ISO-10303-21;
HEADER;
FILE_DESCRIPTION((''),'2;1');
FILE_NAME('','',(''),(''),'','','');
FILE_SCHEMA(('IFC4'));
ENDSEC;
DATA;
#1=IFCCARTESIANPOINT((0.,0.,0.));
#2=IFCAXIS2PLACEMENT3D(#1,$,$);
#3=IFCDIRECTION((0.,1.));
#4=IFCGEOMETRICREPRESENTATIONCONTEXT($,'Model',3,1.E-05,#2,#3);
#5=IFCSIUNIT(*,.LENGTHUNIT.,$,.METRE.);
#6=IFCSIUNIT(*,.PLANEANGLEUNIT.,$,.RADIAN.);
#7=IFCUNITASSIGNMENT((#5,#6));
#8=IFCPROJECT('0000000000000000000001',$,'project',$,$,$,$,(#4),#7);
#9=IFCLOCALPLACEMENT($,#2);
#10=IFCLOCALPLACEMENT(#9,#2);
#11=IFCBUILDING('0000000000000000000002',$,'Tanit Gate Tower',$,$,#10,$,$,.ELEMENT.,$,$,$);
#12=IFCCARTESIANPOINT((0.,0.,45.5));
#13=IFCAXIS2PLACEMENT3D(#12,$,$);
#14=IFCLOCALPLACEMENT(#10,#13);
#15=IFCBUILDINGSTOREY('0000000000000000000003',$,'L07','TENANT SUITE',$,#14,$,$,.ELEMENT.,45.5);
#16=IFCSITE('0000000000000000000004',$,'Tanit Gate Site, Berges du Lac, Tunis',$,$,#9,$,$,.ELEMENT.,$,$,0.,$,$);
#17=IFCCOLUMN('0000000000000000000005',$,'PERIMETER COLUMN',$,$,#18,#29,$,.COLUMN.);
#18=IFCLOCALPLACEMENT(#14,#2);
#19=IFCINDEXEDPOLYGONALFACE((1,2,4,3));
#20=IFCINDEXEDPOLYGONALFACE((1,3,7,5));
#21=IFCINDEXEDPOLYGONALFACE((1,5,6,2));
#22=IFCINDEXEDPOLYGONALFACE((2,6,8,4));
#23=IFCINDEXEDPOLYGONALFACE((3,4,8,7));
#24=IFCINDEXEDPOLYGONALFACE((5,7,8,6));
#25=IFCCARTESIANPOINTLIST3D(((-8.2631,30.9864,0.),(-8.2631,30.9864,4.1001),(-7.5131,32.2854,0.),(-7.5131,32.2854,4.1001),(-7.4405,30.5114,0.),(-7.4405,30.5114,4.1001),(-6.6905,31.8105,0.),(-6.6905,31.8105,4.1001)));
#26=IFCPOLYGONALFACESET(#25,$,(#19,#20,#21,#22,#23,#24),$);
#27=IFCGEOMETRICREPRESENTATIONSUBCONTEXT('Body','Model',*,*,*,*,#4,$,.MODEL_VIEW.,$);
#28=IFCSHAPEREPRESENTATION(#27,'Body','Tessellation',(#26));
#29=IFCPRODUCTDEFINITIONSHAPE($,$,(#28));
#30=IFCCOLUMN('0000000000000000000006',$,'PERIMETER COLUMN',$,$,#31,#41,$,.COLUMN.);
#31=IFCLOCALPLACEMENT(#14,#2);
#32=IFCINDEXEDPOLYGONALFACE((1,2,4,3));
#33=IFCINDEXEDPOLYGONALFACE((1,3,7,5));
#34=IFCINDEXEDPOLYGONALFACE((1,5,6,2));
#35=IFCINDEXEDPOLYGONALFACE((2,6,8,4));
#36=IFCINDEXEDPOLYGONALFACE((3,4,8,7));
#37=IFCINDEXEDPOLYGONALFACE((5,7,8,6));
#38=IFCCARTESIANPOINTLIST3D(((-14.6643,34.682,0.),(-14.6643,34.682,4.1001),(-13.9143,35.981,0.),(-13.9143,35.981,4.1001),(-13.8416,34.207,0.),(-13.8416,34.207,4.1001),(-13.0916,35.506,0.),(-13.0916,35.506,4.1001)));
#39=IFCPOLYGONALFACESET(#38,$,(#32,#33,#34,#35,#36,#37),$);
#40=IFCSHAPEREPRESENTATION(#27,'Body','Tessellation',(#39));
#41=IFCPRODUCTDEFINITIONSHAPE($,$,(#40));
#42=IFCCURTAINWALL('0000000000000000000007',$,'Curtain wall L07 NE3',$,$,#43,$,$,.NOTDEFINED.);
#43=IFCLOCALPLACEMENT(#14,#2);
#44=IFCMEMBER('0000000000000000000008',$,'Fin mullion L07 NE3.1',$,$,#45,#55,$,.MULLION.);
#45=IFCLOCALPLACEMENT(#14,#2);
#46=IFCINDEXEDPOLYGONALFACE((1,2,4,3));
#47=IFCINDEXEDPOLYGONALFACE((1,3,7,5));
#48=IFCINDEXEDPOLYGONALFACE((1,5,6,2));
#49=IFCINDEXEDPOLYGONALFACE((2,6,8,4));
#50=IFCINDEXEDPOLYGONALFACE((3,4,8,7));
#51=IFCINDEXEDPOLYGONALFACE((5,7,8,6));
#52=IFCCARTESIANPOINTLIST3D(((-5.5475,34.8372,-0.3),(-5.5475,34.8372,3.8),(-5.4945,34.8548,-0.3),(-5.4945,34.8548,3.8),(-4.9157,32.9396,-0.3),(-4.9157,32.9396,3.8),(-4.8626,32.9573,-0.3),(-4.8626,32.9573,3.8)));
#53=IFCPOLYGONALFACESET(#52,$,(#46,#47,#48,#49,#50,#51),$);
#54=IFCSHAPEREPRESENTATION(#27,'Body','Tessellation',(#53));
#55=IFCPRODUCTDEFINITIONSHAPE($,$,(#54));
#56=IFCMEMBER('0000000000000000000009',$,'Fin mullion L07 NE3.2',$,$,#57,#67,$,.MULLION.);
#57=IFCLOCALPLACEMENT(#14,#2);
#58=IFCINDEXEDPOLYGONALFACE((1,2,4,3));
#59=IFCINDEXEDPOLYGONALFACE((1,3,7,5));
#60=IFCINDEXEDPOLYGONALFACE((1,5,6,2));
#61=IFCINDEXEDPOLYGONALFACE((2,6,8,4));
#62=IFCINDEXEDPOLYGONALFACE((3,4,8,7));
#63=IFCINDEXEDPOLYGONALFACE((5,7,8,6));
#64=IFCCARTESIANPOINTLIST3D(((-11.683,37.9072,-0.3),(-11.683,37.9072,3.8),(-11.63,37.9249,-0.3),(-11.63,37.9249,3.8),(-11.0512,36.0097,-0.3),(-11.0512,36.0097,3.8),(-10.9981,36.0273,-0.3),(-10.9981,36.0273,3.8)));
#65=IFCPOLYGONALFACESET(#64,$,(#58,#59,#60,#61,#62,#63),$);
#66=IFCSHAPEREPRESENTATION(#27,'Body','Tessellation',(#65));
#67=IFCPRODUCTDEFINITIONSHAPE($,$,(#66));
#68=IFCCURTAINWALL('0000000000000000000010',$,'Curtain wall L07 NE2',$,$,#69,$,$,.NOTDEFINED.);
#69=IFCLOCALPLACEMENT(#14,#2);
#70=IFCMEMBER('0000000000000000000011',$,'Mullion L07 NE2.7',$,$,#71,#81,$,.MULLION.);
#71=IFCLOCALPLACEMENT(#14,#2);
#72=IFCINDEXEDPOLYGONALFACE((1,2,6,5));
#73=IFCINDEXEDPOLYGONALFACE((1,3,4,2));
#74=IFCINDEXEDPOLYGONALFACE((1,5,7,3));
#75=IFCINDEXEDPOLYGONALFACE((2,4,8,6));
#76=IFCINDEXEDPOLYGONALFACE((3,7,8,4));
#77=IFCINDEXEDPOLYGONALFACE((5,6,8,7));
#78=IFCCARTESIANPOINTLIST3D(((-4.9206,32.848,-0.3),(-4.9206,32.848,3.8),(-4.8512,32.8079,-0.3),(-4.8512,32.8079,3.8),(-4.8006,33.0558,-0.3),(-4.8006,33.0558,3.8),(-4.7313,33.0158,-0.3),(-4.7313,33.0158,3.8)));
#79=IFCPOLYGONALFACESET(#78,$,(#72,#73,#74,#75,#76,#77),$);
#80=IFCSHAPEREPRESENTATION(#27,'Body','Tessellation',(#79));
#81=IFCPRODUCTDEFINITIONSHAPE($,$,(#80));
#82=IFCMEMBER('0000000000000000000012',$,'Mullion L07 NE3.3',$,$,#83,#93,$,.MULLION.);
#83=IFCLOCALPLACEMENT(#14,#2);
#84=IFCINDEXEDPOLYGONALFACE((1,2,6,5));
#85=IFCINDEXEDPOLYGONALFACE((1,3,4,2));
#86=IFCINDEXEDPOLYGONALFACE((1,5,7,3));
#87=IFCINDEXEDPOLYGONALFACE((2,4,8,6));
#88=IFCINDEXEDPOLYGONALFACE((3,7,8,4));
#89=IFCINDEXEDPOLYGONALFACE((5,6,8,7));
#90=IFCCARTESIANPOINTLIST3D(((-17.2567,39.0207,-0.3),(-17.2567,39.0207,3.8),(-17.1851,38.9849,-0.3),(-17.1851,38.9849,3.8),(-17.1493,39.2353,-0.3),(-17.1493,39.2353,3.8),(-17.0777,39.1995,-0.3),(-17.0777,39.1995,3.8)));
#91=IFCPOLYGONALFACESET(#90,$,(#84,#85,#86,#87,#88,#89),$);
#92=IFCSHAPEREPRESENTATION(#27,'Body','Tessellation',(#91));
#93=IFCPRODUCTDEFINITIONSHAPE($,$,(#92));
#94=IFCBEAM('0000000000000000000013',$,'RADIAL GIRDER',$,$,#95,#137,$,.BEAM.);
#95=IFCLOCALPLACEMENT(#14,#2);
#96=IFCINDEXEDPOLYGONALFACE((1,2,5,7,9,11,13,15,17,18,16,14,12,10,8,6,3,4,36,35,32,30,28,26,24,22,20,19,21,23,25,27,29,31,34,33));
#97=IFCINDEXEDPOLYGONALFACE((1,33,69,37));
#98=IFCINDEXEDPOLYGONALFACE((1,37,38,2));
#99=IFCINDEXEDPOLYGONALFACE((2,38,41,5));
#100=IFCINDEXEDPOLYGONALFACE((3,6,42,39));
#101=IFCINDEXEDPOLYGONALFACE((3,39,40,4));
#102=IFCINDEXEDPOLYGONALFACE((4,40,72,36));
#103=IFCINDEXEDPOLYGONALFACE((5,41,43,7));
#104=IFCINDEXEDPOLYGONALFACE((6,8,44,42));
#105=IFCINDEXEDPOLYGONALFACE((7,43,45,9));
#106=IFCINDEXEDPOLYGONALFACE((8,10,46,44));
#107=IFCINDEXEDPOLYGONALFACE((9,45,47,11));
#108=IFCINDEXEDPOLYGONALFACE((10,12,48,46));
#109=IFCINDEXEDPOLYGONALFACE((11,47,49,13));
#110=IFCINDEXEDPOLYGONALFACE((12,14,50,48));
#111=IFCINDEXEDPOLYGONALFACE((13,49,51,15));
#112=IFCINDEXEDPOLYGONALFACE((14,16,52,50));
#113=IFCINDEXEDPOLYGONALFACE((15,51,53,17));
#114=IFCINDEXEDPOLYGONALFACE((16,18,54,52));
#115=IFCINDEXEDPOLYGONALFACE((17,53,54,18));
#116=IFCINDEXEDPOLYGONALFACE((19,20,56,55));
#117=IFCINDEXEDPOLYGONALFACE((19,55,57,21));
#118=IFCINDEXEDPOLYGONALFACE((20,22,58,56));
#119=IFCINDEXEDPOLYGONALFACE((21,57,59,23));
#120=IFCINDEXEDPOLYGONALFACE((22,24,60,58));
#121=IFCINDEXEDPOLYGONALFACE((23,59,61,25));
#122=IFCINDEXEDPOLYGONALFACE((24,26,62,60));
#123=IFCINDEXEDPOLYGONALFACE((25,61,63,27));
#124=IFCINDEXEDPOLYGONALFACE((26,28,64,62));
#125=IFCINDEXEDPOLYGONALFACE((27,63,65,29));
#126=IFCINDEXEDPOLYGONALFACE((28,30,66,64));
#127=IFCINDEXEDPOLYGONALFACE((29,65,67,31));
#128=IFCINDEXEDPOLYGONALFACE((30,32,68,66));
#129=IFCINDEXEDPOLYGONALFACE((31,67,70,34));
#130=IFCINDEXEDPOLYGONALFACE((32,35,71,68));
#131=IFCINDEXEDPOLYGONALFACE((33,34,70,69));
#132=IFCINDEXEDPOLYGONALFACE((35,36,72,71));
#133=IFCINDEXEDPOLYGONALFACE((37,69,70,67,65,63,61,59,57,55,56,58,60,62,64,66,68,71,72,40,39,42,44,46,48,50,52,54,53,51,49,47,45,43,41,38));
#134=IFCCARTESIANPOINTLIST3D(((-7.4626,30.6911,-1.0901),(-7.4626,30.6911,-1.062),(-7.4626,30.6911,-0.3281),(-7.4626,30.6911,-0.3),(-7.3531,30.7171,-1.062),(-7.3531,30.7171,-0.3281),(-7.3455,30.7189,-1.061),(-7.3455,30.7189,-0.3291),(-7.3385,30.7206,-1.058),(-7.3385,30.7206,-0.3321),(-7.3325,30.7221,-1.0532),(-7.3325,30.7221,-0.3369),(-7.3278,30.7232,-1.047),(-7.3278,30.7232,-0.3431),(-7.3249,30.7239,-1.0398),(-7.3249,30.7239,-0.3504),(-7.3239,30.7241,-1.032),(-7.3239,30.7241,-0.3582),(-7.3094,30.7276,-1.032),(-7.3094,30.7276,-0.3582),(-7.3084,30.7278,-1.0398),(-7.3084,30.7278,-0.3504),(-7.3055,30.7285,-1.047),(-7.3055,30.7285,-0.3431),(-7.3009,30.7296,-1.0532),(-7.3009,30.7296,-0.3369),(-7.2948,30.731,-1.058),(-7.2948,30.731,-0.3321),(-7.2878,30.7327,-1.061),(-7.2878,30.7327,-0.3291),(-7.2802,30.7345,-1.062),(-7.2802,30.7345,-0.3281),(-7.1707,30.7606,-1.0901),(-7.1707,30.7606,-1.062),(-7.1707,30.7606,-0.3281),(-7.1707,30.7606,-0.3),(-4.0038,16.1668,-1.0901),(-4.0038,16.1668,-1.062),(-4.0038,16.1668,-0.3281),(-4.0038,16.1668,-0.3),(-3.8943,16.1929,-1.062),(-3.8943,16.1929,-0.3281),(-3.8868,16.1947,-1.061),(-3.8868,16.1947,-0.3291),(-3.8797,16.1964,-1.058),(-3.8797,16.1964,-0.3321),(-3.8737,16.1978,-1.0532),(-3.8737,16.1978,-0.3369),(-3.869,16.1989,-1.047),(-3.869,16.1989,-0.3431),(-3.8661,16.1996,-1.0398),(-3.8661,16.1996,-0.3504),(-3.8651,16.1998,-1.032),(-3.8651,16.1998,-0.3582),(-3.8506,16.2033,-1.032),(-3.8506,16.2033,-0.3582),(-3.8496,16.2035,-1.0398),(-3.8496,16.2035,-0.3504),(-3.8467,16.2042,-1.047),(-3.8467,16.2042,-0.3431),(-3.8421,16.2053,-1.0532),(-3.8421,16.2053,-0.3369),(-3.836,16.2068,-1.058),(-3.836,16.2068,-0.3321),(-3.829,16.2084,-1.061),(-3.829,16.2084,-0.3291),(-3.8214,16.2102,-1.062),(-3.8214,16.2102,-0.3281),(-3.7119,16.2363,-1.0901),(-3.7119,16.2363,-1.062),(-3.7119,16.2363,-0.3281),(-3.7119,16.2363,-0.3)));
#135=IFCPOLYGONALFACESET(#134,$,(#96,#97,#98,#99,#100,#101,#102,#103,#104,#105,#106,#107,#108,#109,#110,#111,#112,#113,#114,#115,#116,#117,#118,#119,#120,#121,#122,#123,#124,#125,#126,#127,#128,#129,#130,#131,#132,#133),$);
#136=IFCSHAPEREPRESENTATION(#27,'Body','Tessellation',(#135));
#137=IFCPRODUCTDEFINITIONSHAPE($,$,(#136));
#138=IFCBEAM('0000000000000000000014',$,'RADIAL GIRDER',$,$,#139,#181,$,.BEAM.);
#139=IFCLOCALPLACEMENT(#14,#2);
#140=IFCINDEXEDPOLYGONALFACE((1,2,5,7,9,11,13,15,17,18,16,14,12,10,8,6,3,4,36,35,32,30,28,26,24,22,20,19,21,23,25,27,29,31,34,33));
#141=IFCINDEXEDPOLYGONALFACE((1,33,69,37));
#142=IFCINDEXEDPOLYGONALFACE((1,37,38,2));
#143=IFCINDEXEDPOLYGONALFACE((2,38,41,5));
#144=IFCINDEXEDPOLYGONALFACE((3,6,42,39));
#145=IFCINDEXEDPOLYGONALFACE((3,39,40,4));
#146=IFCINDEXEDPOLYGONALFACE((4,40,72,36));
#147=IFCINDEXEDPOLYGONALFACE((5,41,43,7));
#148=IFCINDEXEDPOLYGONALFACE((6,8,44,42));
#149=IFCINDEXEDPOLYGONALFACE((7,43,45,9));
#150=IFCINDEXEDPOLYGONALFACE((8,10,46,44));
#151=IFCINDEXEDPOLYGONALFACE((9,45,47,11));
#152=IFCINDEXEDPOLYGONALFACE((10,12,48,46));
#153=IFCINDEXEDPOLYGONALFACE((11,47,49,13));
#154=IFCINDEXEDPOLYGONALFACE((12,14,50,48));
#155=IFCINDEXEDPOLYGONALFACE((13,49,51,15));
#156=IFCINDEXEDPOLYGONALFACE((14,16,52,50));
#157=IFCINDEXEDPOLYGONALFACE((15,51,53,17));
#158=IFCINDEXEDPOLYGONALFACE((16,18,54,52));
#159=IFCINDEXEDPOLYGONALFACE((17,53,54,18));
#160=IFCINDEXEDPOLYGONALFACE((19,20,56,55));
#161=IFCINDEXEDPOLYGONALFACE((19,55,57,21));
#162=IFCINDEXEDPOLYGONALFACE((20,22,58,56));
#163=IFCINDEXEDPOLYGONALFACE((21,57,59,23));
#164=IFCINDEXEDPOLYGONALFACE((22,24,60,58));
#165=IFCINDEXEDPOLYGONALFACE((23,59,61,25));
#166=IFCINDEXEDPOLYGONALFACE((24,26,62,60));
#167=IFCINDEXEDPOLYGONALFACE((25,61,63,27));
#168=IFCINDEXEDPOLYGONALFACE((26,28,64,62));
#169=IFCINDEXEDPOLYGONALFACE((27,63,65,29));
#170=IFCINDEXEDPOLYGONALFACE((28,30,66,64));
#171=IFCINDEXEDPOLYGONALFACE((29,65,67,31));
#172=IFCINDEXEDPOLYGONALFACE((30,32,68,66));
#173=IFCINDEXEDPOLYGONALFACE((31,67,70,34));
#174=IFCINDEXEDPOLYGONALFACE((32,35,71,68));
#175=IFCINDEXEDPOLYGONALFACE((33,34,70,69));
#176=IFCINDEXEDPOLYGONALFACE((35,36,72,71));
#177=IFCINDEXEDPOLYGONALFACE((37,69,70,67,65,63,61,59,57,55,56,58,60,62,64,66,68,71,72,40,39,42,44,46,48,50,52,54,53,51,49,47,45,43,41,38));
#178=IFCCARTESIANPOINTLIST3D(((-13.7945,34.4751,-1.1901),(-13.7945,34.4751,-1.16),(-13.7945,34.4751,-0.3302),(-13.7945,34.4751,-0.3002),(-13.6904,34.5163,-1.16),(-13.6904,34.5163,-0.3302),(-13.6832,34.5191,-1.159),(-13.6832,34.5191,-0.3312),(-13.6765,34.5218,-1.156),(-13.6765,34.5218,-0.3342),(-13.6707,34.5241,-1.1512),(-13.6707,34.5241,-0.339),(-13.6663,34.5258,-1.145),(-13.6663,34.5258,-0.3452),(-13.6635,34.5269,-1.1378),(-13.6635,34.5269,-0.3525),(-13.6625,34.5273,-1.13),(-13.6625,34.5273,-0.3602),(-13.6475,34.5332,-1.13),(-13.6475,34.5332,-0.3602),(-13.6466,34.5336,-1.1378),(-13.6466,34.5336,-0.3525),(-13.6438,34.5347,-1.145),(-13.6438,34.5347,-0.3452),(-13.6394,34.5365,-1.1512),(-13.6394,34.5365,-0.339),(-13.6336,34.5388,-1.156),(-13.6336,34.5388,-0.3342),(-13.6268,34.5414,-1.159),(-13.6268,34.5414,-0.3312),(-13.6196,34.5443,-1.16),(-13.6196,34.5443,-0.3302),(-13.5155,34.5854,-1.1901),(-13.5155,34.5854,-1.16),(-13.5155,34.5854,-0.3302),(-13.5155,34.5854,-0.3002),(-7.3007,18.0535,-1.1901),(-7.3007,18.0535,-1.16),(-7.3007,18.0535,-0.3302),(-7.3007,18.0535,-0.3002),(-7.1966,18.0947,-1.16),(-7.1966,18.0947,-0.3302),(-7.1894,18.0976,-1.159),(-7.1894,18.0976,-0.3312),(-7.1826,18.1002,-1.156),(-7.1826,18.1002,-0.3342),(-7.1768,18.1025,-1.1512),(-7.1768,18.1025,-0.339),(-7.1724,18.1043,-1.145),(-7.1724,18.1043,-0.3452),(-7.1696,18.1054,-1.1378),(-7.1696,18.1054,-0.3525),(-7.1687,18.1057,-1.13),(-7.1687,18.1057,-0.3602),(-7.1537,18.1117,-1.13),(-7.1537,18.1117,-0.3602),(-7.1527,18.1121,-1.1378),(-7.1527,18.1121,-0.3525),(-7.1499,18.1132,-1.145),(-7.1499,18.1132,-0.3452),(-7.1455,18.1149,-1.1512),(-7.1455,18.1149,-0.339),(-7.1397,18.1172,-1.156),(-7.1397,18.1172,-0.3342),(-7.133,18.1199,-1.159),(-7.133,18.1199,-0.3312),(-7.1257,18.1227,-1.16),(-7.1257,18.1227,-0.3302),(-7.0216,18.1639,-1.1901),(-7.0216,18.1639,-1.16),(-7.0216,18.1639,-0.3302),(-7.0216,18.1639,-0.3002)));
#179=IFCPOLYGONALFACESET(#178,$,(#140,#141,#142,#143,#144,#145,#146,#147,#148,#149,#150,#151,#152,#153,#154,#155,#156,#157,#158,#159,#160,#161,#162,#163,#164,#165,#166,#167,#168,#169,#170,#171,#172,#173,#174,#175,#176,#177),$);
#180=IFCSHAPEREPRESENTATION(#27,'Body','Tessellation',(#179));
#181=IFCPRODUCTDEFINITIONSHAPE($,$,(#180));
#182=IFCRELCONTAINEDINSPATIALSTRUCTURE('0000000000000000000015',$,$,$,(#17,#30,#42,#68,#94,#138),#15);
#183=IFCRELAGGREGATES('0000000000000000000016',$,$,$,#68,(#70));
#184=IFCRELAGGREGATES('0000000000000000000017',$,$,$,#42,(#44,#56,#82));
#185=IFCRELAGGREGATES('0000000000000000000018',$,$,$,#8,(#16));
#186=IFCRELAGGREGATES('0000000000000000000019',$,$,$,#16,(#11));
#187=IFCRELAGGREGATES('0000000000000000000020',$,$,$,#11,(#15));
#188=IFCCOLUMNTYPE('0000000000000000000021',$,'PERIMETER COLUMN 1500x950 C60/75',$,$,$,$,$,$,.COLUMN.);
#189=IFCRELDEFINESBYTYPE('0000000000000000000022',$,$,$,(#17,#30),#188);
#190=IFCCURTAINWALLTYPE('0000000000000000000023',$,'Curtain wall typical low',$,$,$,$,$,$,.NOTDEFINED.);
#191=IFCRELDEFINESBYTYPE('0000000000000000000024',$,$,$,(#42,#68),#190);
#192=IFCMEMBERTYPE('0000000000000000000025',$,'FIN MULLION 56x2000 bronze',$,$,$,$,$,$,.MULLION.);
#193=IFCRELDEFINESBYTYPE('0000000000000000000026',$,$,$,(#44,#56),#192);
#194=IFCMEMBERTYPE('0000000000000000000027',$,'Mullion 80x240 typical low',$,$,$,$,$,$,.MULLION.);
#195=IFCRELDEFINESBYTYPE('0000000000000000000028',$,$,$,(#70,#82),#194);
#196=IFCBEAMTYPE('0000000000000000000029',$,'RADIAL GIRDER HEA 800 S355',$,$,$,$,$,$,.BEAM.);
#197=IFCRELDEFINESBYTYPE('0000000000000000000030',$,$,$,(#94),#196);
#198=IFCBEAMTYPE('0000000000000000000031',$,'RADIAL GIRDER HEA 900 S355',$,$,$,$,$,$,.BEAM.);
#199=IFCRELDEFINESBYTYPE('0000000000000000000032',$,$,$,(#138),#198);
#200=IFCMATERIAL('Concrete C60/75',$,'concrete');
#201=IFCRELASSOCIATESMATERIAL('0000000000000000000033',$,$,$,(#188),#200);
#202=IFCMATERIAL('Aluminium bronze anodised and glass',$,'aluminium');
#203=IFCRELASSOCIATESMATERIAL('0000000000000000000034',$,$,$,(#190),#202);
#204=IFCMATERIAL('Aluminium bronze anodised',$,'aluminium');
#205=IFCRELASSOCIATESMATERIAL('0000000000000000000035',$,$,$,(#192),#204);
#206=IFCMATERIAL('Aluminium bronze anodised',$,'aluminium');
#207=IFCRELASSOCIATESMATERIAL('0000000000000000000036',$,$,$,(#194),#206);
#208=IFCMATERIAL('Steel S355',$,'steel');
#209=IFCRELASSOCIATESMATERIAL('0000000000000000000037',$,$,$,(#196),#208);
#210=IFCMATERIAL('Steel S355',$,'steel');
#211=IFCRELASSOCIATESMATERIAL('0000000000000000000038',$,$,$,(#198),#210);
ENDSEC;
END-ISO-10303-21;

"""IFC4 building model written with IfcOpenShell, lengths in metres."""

from ifc_helpers import new_model, si_unit, direction, frame, origin, origin_2d, place, context, subcontext, project, spatial, rectangle, i_section, extrude, material, material_profile, profile_set, type_object, element, aggregate, save


model = new_model("IFC4")

# Units and contexts
model_context = context("Model", 3, precision=1e-05, world=origin(), true_north=direction((0.0, 1.0)))
body_context = subcontext(model_context, "Body", "Model", "MODEL_VIEW")
ifc_project = project(units=[si_unit("LENGTHUNIT", "METRE"), si_unit("PLANEANGLEUNIT", "RADIAN")], contexts=[model_context])

# Site, building, storey
site_placement = place(None, origin())
site = spatial("IfcSite", under=ifc_project, at=site_placement, Name="Tanit Gate Site, Berges du Lac, Tunis", CompositionType="ELEMENT", RefElevation=0.0)
building_placement = place(site_placement, origin())
building = spatial("IfcBuilding", under=site, at=building_placement, Name="Tanit Gate Tower", CompositionType="ELEMENT")
storey_placement = place(building_placement, frame((0.0, 0.0, 45.5)))
storey = spatial("IfcBuildingStorey", under=building, at=storey_placement, Name="L07", Description="TENANT SUITE", CompositionType="ELEMENT", Elevation=45.5)

# Columns
ifc_material_1 = material(Name="Concrete C60/75", Category="concrete")
ifc_material_profile_1 = material_profile(ifc_material_1, rectangle(XDim=1.5, YDim=0.95, at=origin_2d()), Name="RC 1500x950")
ifc_profile_set_1 = profile_set([ifc_material_profile_1], Name="Concrete C60/75")
column_type = type_object("IfcColumnType", Name="PERIMETER COLUMN 1500x950 C60/75", PredefinedType="COLUMN", material=ifc_profile_set_1)
for number, where, z_axis, x_axis, name in (
    (1, (-7.4768, 31.3984, 0.0), (0.0, 0.0, 1.0), (0.5, 0.866025, 0.0), "PERIMETER COLUMN"),
    (2, (-13.8779, 35.094, 0.0), (0.0, 0.0, 1.0), (0.5, 0.866025, 0.0), "PERIMETER COLUMN"),
):
    element("IfcColumn", number, at=place(storey_placement, frame(where, z_axis=z_axis, x_axis=x_axis)), inside=storey, type_object=column_type, Name=name, PredefinedType="COLUMN", context=body_context, shape_type="SweptSolid", body=[
        extrude(rectangle(XDim=1.5, YDim=0.95, at=origin_2d()), origin(), (0.0, 0.0, 1.0), 4.1001),
    ])

# Curtain wall, members
ifc_material_2 = material(Name="Aluminium bronze anodised and glass", Category="aluminium")
curtain_wall_type = type_object("IfcCurtainWallType", Name="Curtain wall typical low", PredefinedType="NOTDEFINED", material=ifc_material_2)
curtain_wall_1_placement = place(storey_placement, origin())
curtain_wall_1 = element("IfcCurtainWall", 3, at=curtain_wall_1_placement, inside=storey, type_object=curtain_wall_type, Name="Curtain wall L07 NE3", PredefinedType="NOTDEFINED")
ifc_material_3 = material(Name="Aluminium bronze anodised", Category="aluminium")
ifc_material_profile_2 = material_profile(ifc_material_3, rectangle(XDim=2.0, YDim=0.0559, at=origin_2d()), Name="56x2000 bronze fin mullion")
ifc_profile_set_2 = profile_set([ifc_material_profile_2], Name="Aluminium bronze anodised")
member_type_1 = type_object("IfcMemberType", Name="FIN MULLION 56x2000 bronze", PredefinedType="MULLION", material=ifc_profile_set_2)
member_1_placement = place(storey_placement, frame((-5.2051, 33.8972, -0.3), z_axis=(0.0, 0.0, 1.0), x_axis=(0.315933, -0.948782, 0.0)))
member_1 = element("IfcMember", 4, at=member_1_placement, type_object=member_type_1, Name="Fin mullion L07 NE3.1", PredefinedType="MULLION", context=body_context, shape_type="SweptSolid", body=[
    extrude(rectangle(XDim=2.0, YDim=0.0559, at=origin_2d()), origin(), (0.0, 0.0, 1.0), 4.1001),
])
member_2_placement = place(storey_placement, frame((-11.3406, 36.9673, -0.3), z_axis=(0.0, 0.0, 1.0), x_axis=(0.315933, -0.948782, 0.0)))
member_2 = element("IfcMember", 5, at=member_2_placement, type_object=member_type_1, Name="Fin mullion L07 NE3.2", PredefinedType="MULLION", context=body_context, shape_type="SweptSolid", body=[
    extrude(rectangle(XDim=2.0, YDim=0.0559, at=origin_2d()), origin(), (0.0, 0.0, 1.0), 4.1001),
])

# Curtain wall, member
curtain_wall_2_placement = place(storey_placement, origin())
curtain_wall_2 = element("IfcCurtainWall", 6, at=curtain_wall_2_placement, inside=storey, type_object=curtain_wall_type, Name="Curtain wall L07 NE2", PredefinedType="NOTDEFINED")
ifc_material_4 = material(Name="Aluminium bronze anodised", Category="aluminium")
ifc_material_profile_3 = material_profile(ifc_material_4, rectangle(XDim=0.24, YDim=0.0801, at=origin_2d()), Name="80x240 bronze mullion")
ifc_profile_set_3 = profile_set([ifc_material_profile_3], Name="Aluminium bronze anodised")
member_type_2 = type_object("IfcMemberType", Name="Mullion 80x240 typical low", PredefinedType="MULLION", material=ifc_profile_set_3)
member_3_placement = place(storey_placement, frame((-4.8259, 32.9319, -0.3), z_axis=(0.0, 0.0, 1.0), x_axis=(-0.49994, -0.86606, 0.0)))
member_3 = element("IfcMember", 7, at=member_3_placement, type_object=member_type_2, Name="Mullion L07 NE2.7", PredefinedType="MULLION", context=body_context, shape_type="SweptSolid", body=[
    extrude(rectangle(XDim=0.24, YDim=0.0801, at=origin_2d()), origin(), (0.0, 0.0, 1.0), 4.1001),
])
aggregate(curtain_wall_2, [member_3])

# Member
member_4_placement = place(storey_placement, frame((-17.1672, 39.1101, -0.3), z_axis=(0.0, 0.0, 1.0), x_axis=(-0.447492, -0.894288, 0.0)))
member_4 = element("IfcMember", 8, at=member_4_placement, type_object=member_type_2, Name="Mullion L07 NE3.3", PredefinedType="MULLION", context=body_context, shape_type="SweptSolid", body=[
    extrude(rectangle(XDim=0.24, YDim=0.0801, at=origin_2d()), origin(), (0.0, 0.0, 1.0), 4.1001),
])

# Beams
ifc_material_5 = material(Name="Steel S355", Category="steel")
ifc_material_profile_4 = material_profile(ifc_material_5, i_section(OverallWidth=0.3, OverallDepth=0.79, WebThickness=0.0149, FlangeThickness=0.0281, FilletRadius=0.03, at=origin_2d()), Name="HEA 800")
ifc_profile_set_4 = profile_set([ifc_material_profile_4], Name="Steel S355")
beam_type_1 = type_object("IfcBeamType", Name="RADIAL GIRDER HEA 800 S355", PredefinedType="BEAM", material=ifc_profile_set_4)
beam_1_placement = place(storey_placement, frame((-7.3167, 30.7258, -0.6951), z_axis=(0.231659, -0.972797, 0.0), x_axis=(0.972797, 0.231659, 0.0)))
element("IfcBeam", 9, at=beam_1_placement, inside=storey, type_object=beam_type_1, Name="RADIAL GIRDER", PredefinedType="BEAM", context=body_context, shape_type="SweptSolid", body=[
    extrude(i_section(OverallWidth=0.3, OverallDepth=0.79, WebThickness=0.0149, FlangeThickness=0.0281, FilletRadius=0.03, at=origin_2d()), origin(), (0.0, 0.0, 1.0), 14.9304),
])
ifc_material_6 = material(Name="Steel S355", Category="steel")
ifc_material_profile_5 = material_profile(ifc_material_6, i_section(OverallWidth=0.3, OverallDepth=0.8899, WebThickness=0.0161, FlangeThickness=0.03, FilletRadius=0.03, at=origin_2d()), Name="HEA 900")
ifc_profile_set_5 = profile_set([ifc_material_profile_5], Name="Steel S355")
beam_type_2 = type_object("IfcBeamType", Name="RADIAL GIRDER HEA 900 S355", PredefinedType="BEAM", material=ifc_profile_set_5)
beam_2_placement = place(storey_placement, frame((-13.655, 34.5303, -0.7451), z_axis=(0.367738, -0.929929, 0.0), x_axis=(0.929929, 0.367738, 0.0)))
element("IfcBeam", 10, at=beam_2_placement, inside=storey, type_object=beam_type_2, Name="RADIAL GIRDER", PredefinedType="BEAM", context=body_context, shape_type="SweptSolid", body=[
    extrude(i_section(OverallWidth=0.3, OverallDepth=0.8899, WebThickness=0.0161, FlangeThickness=0.03, FilletRadius=0.03, at=origin_2d()), origin(), (0.0, 0.0, 1.0), 17.6589),
])

aggregate(curtain_wall_1, [member_1, member_2, member_4])

save(model, "model.ifc")
